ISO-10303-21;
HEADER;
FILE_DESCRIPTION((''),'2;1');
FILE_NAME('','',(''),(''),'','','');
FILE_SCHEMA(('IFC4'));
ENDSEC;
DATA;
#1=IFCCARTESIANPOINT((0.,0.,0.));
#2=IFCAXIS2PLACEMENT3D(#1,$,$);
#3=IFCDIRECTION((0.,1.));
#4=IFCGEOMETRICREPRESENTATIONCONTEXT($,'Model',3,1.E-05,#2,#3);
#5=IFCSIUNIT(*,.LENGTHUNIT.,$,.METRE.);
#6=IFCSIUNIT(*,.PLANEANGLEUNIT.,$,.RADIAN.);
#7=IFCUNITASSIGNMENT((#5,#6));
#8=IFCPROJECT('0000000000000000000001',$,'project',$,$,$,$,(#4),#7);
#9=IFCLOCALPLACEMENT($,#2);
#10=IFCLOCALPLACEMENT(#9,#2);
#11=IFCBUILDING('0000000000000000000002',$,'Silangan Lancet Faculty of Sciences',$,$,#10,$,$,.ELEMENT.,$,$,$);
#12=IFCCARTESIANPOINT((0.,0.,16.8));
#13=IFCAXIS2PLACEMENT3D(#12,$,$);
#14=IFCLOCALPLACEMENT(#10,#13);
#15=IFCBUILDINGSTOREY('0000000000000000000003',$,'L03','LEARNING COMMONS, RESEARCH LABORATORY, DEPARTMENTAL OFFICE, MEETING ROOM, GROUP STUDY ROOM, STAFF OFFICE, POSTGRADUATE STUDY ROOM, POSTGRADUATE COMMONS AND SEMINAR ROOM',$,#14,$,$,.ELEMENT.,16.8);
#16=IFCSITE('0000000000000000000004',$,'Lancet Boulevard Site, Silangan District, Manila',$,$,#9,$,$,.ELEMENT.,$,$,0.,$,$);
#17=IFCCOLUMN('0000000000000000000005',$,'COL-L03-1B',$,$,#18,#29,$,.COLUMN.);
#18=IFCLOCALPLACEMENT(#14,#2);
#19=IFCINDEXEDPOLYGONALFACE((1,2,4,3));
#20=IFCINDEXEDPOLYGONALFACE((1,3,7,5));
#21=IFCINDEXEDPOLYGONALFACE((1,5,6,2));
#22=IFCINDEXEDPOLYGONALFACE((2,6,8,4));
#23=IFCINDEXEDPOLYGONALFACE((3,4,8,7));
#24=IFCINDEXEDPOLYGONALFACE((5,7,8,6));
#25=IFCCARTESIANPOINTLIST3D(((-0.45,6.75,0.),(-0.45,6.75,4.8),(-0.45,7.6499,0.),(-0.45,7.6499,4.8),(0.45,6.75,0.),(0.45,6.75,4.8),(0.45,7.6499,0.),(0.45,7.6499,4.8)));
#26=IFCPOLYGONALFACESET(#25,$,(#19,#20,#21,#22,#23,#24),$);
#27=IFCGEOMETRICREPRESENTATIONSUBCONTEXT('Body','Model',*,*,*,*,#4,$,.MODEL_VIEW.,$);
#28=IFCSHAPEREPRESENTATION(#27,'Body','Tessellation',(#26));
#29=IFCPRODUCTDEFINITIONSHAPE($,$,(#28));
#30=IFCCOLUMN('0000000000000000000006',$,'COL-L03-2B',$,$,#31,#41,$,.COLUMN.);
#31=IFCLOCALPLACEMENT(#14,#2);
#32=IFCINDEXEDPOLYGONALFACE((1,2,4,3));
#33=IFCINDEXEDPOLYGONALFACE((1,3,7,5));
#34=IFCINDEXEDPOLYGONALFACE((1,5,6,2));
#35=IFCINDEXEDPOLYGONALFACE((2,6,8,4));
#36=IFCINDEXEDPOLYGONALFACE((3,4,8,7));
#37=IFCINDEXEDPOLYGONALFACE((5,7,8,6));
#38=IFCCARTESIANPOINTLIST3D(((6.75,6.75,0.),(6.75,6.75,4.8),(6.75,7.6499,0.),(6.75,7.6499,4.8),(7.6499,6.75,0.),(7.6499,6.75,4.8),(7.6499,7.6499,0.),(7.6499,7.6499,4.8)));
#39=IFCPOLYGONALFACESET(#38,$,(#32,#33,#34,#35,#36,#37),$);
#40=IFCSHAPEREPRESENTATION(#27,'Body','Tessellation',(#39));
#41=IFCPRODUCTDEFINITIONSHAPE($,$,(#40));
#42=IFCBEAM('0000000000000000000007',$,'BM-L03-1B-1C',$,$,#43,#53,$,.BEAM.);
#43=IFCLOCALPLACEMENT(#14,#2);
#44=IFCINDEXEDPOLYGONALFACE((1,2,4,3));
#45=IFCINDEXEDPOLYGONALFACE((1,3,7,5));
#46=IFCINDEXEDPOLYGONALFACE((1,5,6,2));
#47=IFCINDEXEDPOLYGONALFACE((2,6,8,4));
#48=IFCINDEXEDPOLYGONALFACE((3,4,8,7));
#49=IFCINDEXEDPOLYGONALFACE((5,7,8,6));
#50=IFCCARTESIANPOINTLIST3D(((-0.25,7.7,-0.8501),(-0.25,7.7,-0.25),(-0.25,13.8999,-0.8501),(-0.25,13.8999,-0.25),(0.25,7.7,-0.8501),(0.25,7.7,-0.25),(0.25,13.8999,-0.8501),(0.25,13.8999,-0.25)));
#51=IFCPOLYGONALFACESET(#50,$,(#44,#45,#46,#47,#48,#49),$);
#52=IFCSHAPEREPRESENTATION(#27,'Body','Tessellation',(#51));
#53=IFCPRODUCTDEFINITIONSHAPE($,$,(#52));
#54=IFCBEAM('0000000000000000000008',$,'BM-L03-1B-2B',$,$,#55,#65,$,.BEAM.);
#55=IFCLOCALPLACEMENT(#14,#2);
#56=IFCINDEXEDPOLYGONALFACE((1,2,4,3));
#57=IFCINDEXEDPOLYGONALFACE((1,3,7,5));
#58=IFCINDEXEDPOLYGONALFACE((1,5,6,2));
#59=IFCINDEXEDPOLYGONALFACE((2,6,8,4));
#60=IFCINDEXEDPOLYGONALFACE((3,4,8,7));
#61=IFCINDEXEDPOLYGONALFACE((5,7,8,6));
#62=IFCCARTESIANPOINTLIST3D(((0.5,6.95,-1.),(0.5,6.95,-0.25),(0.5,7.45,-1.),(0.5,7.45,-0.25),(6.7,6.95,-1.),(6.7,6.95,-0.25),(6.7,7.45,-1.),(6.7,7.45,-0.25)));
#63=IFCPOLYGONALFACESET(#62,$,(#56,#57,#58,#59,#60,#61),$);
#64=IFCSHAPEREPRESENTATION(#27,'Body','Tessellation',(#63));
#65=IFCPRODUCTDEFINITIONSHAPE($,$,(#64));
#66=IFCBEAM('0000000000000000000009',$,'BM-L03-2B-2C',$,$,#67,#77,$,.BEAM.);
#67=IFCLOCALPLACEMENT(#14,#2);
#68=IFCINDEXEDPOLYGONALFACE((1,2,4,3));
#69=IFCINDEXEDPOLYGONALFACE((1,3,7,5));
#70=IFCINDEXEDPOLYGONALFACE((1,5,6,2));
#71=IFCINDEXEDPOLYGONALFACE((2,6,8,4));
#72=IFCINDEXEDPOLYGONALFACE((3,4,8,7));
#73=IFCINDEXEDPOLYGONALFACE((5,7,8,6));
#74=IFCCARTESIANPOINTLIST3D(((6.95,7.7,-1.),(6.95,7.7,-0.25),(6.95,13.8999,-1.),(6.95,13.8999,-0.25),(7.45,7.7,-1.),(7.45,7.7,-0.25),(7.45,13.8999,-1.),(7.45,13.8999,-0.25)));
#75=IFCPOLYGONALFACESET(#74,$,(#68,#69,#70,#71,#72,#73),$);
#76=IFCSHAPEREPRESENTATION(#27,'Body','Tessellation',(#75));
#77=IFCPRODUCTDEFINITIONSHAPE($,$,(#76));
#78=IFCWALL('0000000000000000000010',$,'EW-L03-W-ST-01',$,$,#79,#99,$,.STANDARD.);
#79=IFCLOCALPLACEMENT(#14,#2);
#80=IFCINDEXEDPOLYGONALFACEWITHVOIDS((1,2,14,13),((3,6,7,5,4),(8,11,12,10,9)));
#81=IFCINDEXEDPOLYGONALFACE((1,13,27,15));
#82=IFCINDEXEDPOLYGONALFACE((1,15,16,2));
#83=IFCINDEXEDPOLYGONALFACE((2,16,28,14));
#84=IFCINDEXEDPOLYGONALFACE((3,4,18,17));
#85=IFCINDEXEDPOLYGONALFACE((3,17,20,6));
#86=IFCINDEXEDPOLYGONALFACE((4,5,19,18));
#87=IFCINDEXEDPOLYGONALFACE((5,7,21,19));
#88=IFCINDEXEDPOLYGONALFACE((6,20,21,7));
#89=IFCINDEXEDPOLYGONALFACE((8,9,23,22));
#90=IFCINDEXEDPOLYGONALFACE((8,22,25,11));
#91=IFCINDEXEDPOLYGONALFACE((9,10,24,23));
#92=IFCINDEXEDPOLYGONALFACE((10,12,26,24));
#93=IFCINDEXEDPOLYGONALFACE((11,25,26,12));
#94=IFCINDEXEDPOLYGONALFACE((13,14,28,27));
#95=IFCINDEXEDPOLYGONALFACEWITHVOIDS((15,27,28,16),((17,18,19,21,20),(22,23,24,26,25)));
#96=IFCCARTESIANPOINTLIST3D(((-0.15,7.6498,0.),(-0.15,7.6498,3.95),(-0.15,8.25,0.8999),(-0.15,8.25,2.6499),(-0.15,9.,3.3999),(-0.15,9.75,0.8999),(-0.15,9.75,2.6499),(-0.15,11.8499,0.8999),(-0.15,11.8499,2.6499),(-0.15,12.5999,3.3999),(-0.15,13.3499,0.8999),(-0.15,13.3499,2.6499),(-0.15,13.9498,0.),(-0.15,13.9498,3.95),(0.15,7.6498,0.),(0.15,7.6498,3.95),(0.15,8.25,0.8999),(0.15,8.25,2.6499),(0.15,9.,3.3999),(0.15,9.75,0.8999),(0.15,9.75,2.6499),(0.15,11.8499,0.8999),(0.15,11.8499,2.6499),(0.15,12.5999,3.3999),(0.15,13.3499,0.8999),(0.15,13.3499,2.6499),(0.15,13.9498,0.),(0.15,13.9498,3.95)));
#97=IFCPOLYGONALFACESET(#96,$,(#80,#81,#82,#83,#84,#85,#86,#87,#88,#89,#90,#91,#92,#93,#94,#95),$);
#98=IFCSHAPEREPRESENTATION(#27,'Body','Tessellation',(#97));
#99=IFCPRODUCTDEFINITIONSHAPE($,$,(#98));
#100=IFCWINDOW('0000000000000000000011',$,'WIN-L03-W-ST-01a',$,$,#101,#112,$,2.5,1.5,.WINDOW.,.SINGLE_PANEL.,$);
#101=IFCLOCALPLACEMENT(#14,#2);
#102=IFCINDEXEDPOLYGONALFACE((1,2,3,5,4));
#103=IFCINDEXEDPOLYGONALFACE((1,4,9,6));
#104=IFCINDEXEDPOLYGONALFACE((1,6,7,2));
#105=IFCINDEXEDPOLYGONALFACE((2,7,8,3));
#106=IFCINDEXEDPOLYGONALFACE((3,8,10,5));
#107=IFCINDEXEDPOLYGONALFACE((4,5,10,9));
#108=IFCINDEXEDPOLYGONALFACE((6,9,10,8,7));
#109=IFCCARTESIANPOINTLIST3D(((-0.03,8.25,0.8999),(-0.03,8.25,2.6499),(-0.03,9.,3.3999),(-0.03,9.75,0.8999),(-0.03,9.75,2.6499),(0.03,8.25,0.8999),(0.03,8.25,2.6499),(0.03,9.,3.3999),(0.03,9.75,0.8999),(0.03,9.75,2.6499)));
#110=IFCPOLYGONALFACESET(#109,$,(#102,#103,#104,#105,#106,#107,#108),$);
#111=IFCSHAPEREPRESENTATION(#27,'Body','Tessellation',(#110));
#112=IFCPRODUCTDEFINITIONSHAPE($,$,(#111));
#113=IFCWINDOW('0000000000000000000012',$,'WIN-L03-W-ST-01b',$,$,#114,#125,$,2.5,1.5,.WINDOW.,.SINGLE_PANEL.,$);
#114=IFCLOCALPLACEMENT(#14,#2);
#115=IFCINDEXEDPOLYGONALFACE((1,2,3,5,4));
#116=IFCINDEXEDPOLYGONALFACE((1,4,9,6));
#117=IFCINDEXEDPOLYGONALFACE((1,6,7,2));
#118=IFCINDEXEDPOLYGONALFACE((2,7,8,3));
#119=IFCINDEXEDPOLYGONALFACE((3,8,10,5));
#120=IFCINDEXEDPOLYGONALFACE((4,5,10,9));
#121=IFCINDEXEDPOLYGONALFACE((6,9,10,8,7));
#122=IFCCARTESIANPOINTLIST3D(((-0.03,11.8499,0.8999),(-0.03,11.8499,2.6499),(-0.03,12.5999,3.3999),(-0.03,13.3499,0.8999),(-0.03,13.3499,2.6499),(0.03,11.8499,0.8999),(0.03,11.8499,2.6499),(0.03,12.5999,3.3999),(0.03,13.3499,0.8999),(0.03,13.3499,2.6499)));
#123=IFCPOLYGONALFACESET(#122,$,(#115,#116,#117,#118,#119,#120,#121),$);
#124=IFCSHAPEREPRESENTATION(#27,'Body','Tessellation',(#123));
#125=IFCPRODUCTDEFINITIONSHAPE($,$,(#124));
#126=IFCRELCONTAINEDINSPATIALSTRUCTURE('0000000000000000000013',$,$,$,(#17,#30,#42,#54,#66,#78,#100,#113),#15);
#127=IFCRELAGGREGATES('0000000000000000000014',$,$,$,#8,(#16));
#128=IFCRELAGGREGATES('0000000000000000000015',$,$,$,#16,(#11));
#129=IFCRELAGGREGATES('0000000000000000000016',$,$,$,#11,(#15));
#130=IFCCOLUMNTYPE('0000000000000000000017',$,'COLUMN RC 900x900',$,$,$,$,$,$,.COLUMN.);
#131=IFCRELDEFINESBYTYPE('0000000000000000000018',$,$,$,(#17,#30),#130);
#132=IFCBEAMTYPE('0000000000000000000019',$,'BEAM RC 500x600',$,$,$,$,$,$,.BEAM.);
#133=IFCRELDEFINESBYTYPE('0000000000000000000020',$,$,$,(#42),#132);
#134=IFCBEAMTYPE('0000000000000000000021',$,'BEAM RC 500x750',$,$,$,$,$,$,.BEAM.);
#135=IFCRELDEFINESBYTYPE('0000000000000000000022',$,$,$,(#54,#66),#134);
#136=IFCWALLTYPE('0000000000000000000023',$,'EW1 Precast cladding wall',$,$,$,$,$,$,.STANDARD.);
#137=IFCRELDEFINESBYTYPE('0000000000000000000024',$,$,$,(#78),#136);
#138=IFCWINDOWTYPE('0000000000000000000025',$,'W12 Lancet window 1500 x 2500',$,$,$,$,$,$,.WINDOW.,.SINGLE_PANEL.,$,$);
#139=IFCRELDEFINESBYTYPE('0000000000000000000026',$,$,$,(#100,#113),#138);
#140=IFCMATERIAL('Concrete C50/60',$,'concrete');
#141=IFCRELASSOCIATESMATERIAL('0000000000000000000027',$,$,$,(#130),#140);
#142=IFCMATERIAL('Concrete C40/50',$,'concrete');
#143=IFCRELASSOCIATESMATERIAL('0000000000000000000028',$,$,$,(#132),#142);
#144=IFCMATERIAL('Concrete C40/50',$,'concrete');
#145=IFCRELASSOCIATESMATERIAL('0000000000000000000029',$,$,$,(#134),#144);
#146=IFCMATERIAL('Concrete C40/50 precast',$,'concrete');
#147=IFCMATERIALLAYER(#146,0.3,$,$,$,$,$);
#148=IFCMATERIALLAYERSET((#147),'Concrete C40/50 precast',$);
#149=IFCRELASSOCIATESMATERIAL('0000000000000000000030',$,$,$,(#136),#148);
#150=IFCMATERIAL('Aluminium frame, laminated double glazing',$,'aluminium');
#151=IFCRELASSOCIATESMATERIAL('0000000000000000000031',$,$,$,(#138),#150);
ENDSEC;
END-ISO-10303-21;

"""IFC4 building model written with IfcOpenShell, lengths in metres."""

from ifc_helpers import new_model, si_unit, direction, frame, frame_2d, origin, origin_2d, place, context, subcontext, project, spatial, polyline, rectangle, outline, extrude, material, layer, layer_set, material_profile, profile_set, type_object, element, fill, save


model = new_model("IFC4")

# Units and contexts
model_context = context("Model", 3, precision=1e-05, world=origin(), true_north=direction((0.0, 1.0)))
body_context = subcontext(model_context, "Body", "Model", "MODEL_VIEW")
ifc_project = project(units=[si_unit("LENGTHUNIT", "METRE"), si_unit("PLANEANGLEUNIT", "RADIAN")], contexts=[model_context])

# Site, building, storey
site_placement = place(None, origin())
site = spatial("IfcSite", under=ifc_project, at=site_placement, Name="Lancet Boulevard Site, Silangan District, Manila", CompositionType="ELEMENT", RefElevation=0.0)
building_placement = place(site_placement, origin())
building = spatial("IfcBuilding", under=site, at=building_placement, Name="Silangan Lancet Faculty of Sciences", CompositionType="ELEMENT")
storey_placement = place(building_placement, frame((0.0, 0.0, 16.8)))
storey = spatial("IfcBuildingStorey", under=building, at=storey_placement, Name="L03", Description="LEARNING COMMONS, RESEARCH LABORATORY, DEPARTMENTAL OFFICE, MEETING ROOM, GROUP STUDY ROOM, STAFF OFFICE, POSTGRADUATE STUDY ROOM, POSTGRADUATE COMMONS AND SEMINAR ROOM", CompositionType="ELEMENT", Elevation=16.8)

# Columns
ifc_material_1 = material(Name="Concrete C50/60", Category="concrete")
ifc_material_profile_1 = material_profile(ifc_material_1, rectangle(XDim=0.8999, YDim=0.8999, at=origin_2d()), Name="RC 900x900")
ifc_profile_set_1 = profile_set([ifc_material_profile_1], Name="Concrete C50/60")
column_type = type_object("IfcColumnType", Name="COLUMN RC 900x900", PredefinedType="COLUMN", material=ifc_profile_set_1)
for number, where, z_axis, x_axis, name in (
    (1, (0.0, 7.2, 0.0), (0.0, 0.0, 1.0), (1.0, 0.0, 0.0), "COL-L03-1B"),
    (2, (7.2, 7.2, 0.0), (0.0, 0.0, 1.0), (1.0, 0.0, 0.0), "COL-L03-2B"),
):
    element("IfcColumn", number, at=place(storey_placement, frame(where, z_axis=z_axis, x_axis=x_axis)), inside=storey, type_object=column_type, Name=name, PredefinedType="COLUMN", context=body_context, shape_type="SweptSolid", body=[
        extrude(rectangle(XDim=0.8999, YDim=0.8999, at=origin_2d()), origin(), (0.0, 0.0, 1.0), 4.8),
    ])

# Beams
ifc_material_2 = material(Name="Concrete C40/50", Category="concrete")
ifc_material_profile_2 = material_profile(ifc_material_2, rectangle(XDim=0.5, YDim=0.6001, at=origin_2d()), Name="RC 500x600")
ifc_profile_set_2 = profile_set([ifc_material_profile_2], Name="Concrete C40/50")
beam_type_1 = type_object("IfcBeamType", Name="BEAM RC 500x600", PredefinedType="BEAM", material=ifc_profile_set_2)
beam_placement = place(storey_placement, frame((0.0, 7.7, -0.55), z_axis=(0.0, 1.0, 0.0), x_axis=(-1.0, 0.0, 0.0)))
element("IfcBeam", 3, at=beam_placement, inside=storey, type_object=beam_type_1, Name="BM-L03-1B-1C", PredefinedType="BEAM", context=body_context, shape_type="SweptSolid", body=[
    extrude(rectangle(XDim=0.5, YDim=0.6001, at=origin_2d()), origin(), (0.0, 0.0, 1.0), 6.2),
])
ifc_material_3 = material(Name="Concrete C40/50", Category="concrete")
ifc_material_profile_3 = material_profile(ifc_material_3, rectangle(XDim=0.5, YDim=0.75, at=origin_2d()), Name="RC 500x750")
ifc_profile_set_3 = profile_set([ifc_material_profile_3], Name="Concrete C40/50")
beam_type_2 = type_object("IfcBeamType", Name="BEAM RC 500x750", PredefinedType="BEAM", material=ifc_profile_set_3)
for number, where, z_axis, x_axis, name in (
    (4, (0.5, 7.2, -0.625), (1.0, 0.0, 0.0), (0.0, 1.0, 0.0), "BM-L03-1B-2B"),
    (5, (7.2, 7.7, -0.625), (0.0, 1.0, 0.0), (-1.0, 0.0, 0.0), "BM-L03-2B-2C"),
):
    element("IfcBeam", number, at=place(storey_placement, frame(where, z_axis=z_axis, x_axis=x_axis)), inside=storey, type_object=beam_type_2, Name=name, PredefinedType="BEAM", context=body_context, shape_type="SweptSolid", body=[
        extrude(rectangle(XDim=0.5, YDim=0.75, at=origin_2d()), origin(), (0.0, 0.0, 1.0), 6.2),
    ])

# Wall, openings, windows
ifc_material_4 = material(Name="Concrete C40/50 precast", Category="concrete")
ifc_layer_1 = layer(ifc_material_4, 0.3)
ifc_layer_set_1 = layer_set([ifc_layer_1], Name="Concrete C40/50 precast")
wall_type_1 = type_object("IfcWallType", Name="EW1 Precast cladding wall", PredefinedType="STANDARD", material=ifc_layer_set_1)
wall_1_placement = place(storey_placement, frame((0.0, 7.6499, 0.0), z_axis=(0.0, 0.0, 1.0), x_axis=(0.0, 1.0, 0.0)))
wall_1 = element("IfcWall", 6, at=wall_1_placement, inside=storey, type_object=wall_type_1, Name="EW-L03-W-ST-01", PredefinedType="STANDARD", context=body_context, shape_type="SweptSolid", body=[
    extrude(rectangle(XDim=6.3, YDim=0.3, at=frame_2d((3.1499, 0.0))), origin(), (0.0, 0.0, 1.0), 3.95),
])
opening_1_placement = place(wall_1_placement, frame((0.6001, 0.0, 0.8999)))
opening_1 = element("IfcOpeningElement", 7, at=opening_1_placement, cuts=wall_1, PredefinedType="OPENING", context=body_context, shape_type="SweptSolid", body=[
    extrude(outline(polyline([(0.0, 0.0), (1.5, 0.0), (1.5, 1.75), (0.75, 2.5), (0.0, 1.75), (0.0, 0.0)])), frame((0.0, 0.1599, 0.0), z_axis=(0.0, -1.0, 0.0), x_axis=(1.0, 0.0, 0.0)), (0.0, 0.0, 1.0), 0.3201),
])
opening_2_placement = place(wall_1_placement, frame((4.2, 0.0, 0.8999)))
opening_2 = element("IfcOpeningElement", 8, at=opening_2_placement, cuts=wall_1, PredefinedType="OPENING", context=body_context, shape_type="SweptSolid", body=[
    extrude(outline(polyline([(0.0, 0.0), (1.5, 0.0), (1.5, 1.75), (0.75, 2.5), (0.0, 1.75), (0.0, 0.0)])), frame((0.0, 0.1599, 0.0), z_axis=(0.0, -1.0, 0.0), x_axis=(1.0, 0.0, 0.0)), (0.0, 0.0, 1.0), 0.3201),
])
ifc_material_5 = material(Name="Aluminium frame, laminated double glazing", Category="aluminium")
window_type = type_object("IfcWindowType", Name="W12 Lancet window 1500 x 2500", PartitioningType="SINGLE_PANEL", PredefinedType="WINDOW", material=ifc_material_5)
window_1_placement = place(opening_1_placement, origin())
window_1 = element("IfcWindow", 9, at=window_1_placement, inside=storey, type_object=window_type, Name="WIN-L03-W-ST-01a", OverallHeight=2.5, OverallWidth=1.5, PartitioningType="SINGLE_PANEL", PredefinedType="WINDOW", context=body_context, shape_type="SweptSolid", body=[
    extrude(outline(polyline([(0.0, 0.0), (1.5, 0.0), (1.5, 1.75), (0.75, 2.5), (0.0, 1.75), (0.0, 0.0)])), frame((0.0, 0.03, 0.0), z_axis=(0.0, -1.0, 0.0), x_axis=(1.0, 0.0, 0.0)), (0.0, 0.0, 1.0), 0.0601),
])
fill(opening_1, window_1)
window_2_placement = place(opening_2_placement, origin())
window_2 = element("IfcWindow", 10, at=window_2_placement, inside=storey, type_object=window_type, Name="WIN-L03-W-ST-01b", OverallHeight=2.5, OverallWidth=1.5, PartitioningType="SINGLE_PANEL", PredefinedType="WINDOW", context=body_context, shape_type="SweptSolid", body=[
    extrude(outline(polyline([(0.0, 0.0), (1.5, 0.0), (1.5, 1.75), (0.75, 2.5), (0.0, 1.75), (0.0, 0.0)])), frame((0.0, 0.03, 0.0), z_axis=(0.0, -1.0, 0.0), x_axis=(1.0, 0.0, 0.0)), (0.0, 0.0, 1.0), 0.0601),
])
fill(opening_2, window_2)

save(model, "model.ifc")
